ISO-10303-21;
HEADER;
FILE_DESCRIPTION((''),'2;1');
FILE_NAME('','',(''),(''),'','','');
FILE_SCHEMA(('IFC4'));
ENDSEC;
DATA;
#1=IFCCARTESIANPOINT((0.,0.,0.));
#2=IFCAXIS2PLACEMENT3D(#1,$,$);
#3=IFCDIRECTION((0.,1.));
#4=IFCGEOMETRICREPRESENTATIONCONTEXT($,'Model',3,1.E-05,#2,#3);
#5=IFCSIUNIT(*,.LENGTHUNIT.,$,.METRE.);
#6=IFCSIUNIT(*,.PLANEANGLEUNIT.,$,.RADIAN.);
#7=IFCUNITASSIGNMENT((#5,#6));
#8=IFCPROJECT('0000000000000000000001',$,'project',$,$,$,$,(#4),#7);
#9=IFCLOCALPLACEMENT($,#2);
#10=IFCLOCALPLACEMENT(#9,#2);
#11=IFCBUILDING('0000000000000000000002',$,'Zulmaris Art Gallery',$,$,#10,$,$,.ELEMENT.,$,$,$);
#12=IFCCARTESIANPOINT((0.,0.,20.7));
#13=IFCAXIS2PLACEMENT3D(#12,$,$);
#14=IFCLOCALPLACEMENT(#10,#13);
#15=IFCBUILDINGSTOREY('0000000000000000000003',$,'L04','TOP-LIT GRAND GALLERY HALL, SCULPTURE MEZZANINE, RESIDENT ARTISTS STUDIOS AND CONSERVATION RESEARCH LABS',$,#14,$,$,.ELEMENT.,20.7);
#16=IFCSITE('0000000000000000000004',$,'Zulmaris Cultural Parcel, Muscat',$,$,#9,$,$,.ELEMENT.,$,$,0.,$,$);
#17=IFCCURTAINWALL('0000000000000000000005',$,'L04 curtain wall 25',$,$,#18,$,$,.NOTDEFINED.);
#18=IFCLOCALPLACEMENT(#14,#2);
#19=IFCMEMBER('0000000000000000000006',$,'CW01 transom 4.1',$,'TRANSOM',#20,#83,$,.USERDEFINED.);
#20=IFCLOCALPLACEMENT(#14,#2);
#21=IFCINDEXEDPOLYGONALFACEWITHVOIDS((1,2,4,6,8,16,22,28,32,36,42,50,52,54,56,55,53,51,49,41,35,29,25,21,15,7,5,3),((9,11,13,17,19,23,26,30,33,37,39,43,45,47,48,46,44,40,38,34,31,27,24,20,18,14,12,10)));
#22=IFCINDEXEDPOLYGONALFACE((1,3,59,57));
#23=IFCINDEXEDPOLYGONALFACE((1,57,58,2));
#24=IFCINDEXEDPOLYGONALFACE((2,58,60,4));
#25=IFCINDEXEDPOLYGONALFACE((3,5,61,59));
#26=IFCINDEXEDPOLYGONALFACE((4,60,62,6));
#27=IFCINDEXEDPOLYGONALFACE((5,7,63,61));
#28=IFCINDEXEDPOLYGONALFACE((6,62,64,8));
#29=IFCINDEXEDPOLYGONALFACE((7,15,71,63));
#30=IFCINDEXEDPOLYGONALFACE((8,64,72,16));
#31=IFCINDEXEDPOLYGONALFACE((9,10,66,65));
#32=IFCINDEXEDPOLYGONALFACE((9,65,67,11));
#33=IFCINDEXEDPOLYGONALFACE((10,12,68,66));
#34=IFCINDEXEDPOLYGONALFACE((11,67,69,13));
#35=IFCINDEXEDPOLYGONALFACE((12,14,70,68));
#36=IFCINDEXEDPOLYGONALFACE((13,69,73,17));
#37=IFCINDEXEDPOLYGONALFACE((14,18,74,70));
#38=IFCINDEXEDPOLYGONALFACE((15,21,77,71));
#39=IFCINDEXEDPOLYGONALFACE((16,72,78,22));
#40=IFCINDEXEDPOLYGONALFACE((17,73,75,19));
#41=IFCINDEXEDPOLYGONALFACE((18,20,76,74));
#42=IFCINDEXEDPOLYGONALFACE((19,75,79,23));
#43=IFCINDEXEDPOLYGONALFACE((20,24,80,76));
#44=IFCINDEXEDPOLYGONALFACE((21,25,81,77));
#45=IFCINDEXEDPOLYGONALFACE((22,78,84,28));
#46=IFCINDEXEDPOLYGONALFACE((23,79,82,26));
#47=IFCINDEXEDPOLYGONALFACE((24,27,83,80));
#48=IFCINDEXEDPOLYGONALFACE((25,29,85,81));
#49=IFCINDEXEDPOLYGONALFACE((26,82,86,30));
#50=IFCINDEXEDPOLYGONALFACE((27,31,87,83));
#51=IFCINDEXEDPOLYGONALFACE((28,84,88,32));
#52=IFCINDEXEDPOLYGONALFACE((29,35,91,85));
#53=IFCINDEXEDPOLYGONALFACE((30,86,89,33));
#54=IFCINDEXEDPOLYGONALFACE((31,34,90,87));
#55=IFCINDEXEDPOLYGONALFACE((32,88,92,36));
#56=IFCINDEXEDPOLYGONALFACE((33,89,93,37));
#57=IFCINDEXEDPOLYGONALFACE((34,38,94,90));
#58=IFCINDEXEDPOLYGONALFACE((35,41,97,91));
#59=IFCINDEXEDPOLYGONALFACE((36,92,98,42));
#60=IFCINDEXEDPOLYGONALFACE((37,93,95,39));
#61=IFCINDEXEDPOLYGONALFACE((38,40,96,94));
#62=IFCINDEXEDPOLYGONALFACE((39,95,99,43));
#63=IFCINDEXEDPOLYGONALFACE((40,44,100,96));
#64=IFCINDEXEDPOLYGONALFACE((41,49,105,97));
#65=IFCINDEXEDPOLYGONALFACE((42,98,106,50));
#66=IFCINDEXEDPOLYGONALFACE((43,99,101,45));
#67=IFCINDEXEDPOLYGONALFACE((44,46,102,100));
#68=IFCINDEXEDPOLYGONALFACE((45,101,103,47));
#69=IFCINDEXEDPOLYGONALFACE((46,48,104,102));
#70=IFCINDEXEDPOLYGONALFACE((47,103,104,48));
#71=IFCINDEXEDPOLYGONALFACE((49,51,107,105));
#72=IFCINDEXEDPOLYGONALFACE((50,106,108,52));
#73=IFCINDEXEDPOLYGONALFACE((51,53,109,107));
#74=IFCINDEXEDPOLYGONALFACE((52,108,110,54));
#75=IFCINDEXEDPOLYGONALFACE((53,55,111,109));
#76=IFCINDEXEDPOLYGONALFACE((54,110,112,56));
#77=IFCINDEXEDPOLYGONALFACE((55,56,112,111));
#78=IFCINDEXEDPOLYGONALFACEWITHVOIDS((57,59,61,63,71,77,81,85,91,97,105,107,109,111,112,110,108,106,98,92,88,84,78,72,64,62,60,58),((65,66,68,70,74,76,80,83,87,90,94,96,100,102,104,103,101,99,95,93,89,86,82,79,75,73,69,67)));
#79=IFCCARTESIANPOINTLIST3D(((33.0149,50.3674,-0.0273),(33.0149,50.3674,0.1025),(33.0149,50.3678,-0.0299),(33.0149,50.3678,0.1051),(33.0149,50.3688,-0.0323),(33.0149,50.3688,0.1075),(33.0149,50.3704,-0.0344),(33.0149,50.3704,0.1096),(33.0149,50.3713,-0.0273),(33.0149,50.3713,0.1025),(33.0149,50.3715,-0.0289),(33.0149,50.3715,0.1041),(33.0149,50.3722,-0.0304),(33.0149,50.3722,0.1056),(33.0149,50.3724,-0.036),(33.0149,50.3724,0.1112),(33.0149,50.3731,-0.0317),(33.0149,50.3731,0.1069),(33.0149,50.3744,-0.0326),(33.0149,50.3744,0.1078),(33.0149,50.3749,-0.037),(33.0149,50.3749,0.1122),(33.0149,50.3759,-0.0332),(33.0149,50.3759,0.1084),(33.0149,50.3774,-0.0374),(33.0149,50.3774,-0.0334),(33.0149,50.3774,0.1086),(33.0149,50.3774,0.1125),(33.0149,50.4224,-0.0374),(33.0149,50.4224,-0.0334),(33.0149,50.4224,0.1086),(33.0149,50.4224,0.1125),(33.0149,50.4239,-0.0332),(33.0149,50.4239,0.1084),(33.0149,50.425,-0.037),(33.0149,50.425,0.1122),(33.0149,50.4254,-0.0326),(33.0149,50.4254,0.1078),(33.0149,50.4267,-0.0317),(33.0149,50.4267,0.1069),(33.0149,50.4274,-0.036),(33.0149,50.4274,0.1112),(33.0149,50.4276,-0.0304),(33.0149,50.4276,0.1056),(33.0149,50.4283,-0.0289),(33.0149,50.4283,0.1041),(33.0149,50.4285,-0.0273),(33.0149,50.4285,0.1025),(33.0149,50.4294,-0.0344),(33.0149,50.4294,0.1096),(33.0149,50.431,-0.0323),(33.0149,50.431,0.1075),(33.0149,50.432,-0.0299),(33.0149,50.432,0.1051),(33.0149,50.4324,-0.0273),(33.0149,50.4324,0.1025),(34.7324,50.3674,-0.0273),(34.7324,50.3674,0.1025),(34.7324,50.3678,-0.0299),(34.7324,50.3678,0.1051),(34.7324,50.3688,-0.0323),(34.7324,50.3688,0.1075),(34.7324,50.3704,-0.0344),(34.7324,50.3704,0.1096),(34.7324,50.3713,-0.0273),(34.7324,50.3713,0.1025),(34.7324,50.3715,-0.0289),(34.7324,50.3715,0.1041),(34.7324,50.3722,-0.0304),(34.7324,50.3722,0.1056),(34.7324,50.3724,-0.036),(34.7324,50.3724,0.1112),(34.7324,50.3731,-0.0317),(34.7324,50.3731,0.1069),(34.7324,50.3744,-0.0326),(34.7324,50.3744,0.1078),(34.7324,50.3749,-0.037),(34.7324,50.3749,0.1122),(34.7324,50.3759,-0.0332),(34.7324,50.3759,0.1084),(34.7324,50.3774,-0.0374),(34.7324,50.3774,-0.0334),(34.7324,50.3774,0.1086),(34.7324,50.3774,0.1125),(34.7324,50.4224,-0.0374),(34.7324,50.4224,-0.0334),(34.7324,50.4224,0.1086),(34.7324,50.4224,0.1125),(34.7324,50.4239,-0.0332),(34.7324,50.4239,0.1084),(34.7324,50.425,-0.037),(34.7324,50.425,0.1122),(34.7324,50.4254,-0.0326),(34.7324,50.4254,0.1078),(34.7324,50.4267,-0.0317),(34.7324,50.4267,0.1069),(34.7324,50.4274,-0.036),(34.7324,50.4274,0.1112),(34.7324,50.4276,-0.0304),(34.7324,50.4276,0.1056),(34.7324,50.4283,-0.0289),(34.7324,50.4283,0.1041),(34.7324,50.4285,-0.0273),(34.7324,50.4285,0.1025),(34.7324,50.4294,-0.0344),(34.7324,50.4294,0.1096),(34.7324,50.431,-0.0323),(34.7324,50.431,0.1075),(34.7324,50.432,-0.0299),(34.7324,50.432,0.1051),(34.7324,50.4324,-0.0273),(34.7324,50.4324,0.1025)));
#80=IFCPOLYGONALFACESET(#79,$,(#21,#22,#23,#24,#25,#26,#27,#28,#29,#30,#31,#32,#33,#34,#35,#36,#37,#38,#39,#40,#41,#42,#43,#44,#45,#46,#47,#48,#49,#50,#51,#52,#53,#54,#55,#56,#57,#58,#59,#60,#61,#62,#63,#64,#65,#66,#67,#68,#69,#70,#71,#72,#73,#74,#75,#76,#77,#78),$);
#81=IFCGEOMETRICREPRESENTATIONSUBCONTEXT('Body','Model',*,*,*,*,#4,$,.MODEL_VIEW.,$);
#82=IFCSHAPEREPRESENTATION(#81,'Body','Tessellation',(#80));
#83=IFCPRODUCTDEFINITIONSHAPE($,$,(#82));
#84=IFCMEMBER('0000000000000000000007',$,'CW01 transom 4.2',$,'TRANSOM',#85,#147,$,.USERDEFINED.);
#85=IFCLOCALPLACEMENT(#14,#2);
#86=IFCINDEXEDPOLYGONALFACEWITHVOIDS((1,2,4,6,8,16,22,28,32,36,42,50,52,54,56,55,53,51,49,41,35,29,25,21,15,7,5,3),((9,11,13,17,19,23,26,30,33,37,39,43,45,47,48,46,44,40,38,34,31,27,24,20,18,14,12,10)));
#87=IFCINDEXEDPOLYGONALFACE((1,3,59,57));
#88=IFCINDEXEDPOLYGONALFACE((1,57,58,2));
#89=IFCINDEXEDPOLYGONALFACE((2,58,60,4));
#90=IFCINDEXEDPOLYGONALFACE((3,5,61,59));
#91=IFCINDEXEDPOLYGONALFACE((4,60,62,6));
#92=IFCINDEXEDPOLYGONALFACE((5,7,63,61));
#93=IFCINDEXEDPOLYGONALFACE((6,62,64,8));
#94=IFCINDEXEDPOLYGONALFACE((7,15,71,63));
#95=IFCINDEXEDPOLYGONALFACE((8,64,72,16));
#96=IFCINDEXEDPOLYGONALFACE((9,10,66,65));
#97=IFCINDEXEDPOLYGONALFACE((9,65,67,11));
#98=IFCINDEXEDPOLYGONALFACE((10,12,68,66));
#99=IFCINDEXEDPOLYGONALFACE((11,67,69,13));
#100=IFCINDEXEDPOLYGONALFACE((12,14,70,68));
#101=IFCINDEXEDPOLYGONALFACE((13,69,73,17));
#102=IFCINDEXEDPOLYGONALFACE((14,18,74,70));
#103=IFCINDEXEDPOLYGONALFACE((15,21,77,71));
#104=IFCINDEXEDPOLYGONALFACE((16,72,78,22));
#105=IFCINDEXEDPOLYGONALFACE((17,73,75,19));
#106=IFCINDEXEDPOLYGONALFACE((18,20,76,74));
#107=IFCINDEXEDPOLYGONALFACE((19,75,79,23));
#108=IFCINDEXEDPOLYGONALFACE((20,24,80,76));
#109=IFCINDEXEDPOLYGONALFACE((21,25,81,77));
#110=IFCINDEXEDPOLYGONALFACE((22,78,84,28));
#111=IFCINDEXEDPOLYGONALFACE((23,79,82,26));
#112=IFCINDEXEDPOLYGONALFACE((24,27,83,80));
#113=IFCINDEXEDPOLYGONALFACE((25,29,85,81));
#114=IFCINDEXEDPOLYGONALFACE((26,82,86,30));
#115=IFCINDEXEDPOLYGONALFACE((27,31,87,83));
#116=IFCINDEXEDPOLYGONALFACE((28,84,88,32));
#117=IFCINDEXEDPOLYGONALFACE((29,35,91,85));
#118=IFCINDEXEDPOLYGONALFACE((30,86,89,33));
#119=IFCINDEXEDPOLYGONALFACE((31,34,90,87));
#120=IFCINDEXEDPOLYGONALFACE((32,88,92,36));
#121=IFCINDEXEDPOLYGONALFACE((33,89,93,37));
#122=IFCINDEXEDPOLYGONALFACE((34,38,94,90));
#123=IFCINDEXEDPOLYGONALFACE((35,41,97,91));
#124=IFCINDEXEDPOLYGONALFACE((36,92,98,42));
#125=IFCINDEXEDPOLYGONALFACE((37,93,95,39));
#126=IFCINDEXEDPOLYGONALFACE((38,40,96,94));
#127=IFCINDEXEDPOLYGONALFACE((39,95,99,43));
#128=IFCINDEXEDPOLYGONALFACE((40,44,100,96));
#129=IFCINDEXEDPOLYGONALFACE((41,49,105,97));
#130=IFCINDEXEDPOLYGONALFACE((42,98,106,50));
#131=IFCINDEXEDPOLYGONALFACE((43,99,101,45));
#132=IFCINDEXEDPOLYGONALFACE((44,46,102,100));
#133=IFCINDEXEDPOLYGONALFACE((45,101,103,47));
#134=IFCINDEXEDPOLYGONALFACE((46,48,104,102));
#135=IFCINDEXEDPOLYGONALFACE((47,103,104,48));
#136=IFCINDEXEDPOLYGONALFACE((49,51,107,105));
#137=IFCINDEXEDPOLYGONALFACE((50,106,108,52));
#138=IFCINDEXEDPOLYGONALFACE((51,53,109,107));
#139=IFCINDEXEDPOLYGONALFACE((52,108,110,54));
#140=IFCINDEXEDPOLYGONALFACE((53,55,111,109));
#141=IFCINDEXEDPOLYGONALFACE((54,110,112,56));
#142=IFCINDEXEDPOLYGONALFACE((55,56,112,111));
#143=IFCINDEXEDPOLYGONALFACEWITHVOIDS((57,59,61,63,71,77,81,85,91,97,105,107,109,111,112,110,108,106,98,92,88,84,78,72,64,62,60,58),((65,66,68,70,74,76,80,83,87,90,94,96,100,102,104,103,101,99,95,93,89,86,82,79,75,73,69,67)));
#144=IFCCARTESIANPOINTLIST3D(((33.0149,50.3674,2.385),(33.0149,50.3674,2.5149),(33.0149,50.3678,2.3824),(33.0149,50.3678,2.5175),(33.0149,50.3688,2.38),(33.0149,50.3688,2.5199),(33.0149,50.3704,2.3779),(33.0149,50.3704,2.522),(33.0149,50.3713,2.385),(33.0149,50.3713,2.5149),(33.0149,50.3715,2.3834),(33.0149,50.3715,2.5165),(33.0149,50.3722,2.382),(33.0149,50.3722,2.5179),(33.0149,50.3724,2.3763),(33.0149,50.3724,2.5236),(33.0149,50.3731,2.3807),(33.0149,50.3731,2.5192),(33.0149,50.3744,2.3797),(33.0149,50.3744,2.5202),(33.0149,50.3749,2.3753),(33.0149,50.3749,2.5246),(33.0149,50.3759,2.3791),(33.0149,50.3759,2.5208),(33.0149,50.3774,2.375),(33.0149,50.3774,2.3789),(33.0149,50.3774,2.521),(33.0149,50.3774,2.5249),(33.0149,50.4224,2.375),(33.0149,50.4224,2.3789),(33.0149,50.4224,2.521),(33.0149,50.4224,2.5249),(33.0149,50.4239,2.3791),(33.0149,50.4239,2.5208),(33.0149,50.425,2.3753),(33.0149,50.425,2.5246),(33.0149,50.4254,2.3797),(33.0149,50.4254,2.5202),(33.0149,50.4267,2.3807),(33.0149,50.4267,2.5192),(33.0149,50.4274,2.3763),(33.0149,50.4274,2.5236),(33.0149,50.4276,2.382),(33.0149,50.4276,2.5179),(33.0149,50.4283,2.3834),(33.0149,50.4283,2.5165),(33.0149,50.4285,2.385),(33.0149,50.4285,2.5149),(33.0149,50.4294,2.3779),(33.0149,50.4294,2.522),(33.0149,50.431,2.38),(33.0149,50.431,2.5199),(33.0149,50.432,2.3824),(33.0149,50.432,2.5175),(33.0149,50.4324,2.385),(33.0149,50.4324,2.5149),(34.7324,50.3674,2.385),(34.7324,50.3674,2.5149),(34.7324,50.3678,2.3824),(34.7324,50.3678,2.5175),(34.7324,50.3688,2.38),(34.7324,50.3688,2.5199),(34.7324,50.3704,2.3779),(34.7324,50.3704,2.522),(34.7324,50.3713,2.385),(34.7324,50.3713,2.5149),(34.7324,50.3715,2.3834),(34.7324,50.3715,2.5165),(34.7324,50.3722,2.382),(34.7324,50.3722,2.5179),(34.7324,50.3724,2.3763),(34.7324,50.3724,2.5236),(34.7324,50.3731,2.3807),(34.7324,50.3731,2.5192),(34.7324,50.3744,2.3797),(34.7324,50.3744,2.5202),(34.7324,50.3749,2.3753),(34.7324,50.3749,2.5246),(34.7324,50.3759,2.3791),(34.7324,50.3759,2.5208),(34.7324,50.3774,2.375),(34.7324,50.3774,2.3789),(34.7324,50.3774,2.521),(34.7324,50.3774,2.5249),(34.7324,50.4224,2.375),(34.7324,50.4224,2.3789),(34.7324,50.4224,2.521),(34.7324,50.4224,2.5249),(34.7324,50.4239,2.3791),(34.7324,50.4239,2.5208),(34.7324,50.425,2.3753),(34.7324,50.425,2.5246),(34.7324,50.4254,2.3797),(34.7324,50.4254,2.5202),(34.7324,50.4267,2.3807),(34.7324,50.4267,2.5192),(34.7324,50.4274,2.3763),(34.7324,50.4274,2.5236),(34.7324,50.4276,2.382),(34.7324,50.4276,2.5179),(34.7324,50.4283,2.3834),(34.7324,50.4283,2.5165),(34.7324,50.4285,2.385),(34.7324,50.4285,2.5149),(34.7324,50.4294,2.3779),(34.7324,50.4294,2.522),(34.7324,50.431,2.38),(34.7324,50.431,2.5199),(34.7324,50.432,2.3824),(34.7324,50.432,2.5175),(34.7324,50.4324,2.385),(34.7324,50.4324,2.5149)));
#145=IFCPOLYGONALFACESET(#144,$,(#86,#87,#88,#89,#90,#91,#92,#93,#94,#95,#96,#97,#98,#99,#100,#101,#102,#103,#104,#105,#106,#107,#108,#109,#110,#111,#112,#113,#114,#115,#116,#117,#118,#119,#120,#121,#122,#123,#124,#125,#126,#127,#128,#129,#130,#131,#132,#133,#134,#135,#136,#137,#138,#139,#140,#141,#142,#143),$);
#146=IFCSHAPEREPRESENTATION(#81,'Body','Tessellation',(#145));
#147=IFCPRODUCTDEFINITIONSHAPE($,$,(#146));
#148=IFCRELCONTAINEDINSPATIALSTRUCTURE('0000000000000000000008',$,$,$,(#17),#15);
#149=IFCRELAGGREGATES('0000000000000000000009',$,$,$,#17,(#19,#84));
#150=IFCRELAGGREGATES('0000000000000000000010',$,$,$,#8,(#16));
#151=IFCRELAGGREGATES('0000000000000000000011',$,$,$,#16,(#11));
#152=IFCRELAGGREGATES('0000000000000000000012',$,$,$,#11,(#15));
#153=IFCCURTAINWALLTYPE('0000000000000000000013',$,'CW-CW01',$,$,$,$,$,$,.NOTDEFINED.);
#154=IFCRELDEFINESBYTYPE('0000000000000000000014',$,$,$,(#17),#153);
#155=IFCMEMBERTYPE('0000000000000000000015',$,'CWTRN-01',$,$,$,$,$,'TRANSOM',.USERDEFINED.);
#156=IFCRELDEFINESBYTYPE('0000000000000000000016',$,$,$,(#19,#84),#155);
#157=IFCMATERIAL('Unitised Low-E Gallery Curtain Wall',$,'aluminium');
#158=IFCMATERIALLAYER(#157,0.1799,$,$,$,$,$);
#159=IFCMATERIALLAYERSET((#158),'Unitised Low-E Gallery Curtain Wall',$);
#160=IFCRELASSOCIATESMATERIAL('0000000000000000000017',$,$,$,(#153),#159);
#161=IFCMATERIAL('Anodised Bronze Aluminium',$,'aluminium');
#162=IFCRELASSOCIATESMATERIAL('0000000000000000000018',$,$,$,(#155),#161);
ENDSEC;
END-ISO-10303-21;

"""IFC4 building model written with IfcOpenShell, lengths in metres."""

from ifc_helpers import new_model, si_unit, direction, frame, origin, origin_2d, place, context, subcontext, project, spatial, hollow_rectangle, extrude, material, layer, layer_set, material_profile, profile_set, type_object, element, aggregate, save


model = new_model("IFC4")

# Units and contexts
model_context = context("Model", 3, precision=1e-05, world=origin(), true_north=direction((0.0, 1.0)))
body_context = subcontext(model_context, "Body", "Model", "MODEL_VIEW")
ifc_project = project(units=[si_unit("LENGTHUNIT", "METRE"), si_unit("PLANEANGLEUNIT", "RADIAN")], contexts=[model_context])

# Site, building, storey
site_placement = place(None, origin())
site = spatial("IfcSite", under=ifc_project, at=site_placement, Name="Zulmaris Cultural Parcel, Muscat", CompositionType="ELEMENT", RefElevation=0.0)
building_placement = place(site_placement, origin())
building = spatial("IfcBuilding", under=site, at=building_placement, Name="Zulmaris Art Gallery", CompositionType="ELEMENT")
storey_placement = place(building_placement, frame((0.0, 0.0, 20.7)))
storey = spatial("IfcBuildingStorey", under=building, at=storey_placement, Name="L04", Description="TOP-LIT GRAND GALLERY HALL, SCULPTURE MEZZANINE, RESIDENT ARTISTS STUDIOS AND CONSERVATION RESEARCH LABS", CompositionType="ELEMENT", Elevation=20.7)

# Curtain wall, members
ifc_material_1 = material(Name="Unitised Low-E Gallery Curtain Wall", Category="aluminium")
ifc_layer_1 = layer(ifc_material_1, 0.1799)
ifc_layer_set_1 = layer_set([ifc_layer_1], Name="Unitised Low-E Gallery Curtain Wall")
curtain_wall_type = type_object("IfcCurtainWallType", Name="CW-CW01", PredefinedType="NOTDEFINED", material=ifc_layer_set_1)
curtain_wall_placement = place(storey_placement, origin())
curtain_wall = element("IfcCurtainWall", 1, at=curtain_wall_placement, inside=storey, type_object=curtain_wall_type, Name="L04 curtain wall 25", PredefinedType="NOTDEFINED")
ifc_material_2 = material(Name="Anodised Bronze Aluminium", Category="aluminium")
ifc_material_profile_1 = material_profile(ifc_material_2, hollow_rectangle(XDim=0.0649, YDim=0.1499, WallThickness=0.0039, InnerFilletRadius=0.0061, OuterFilletRadius=0.01, at=origin_2d()), Name="ALU 65x150x4")
ifc_profile_set_1 = profile_set([ifc_material_profile_1], Name="Anodised Bronze Aluminium")
member_type_1 = type_object("IfcMemberType", Name="CWTRN-01", ElementType="TRANSOM", PredefinedType="USERDEFINED", material=ifc_profile_set_1)
member_1_placement = place(storey_placement, frame((34.7324, 50.3999, 0.0376), z_axis=(-1.0, 0.0, 0.0), x_axis=(0.0, -1.0, 0.0)))
member_1 = element("IfcMember", 2, at=member_1_placement, type_object=member_type_1, Name="CW01 transom 4.1", ObjectType="TRANSOM", PredefinedType="USERDEFINED", context=body_context, shape_type="SweptSolid", body=[
    extrude(hollow_rectangle(XDim=0.0649, YDim=0.1499, WallThickness=0.0039, InnerFilletRadius=0.0061, OuterFilletRadius=0.01, at=origin_2d()), origin(), (0.0, 0.0, 1.0), 1.7175),
])
member_2_placement = place(storey_placement, frame((34.7324, 50.3999, 2.45), z_axis=(-1.0, 0.0, 0.0), x_axis=(0.0, -1.0, 0.0)))
member_2 = element("IfcMember", 3, at=member_2_placement, type_object=member_type_1, Name="CW01 transom 4.2", ObjectType="TRANSOM", PredefinedType="USERDEFINED", context=body_context, shape_type="SweptSolid", body=[
    extrude(hollow_rectangle(XDim=0.0649, YDim=0.1499, WallThickness=0.0039, InnerFilletRadius=0.0061, OuterFilletRadius=0.01, at=origin_2d()), origin(), (0.0, 0.0, 1.0), 1.7175),
])
aggregate(curtain_wall, [member_1, member_2])

save(model, "model.ifc")
